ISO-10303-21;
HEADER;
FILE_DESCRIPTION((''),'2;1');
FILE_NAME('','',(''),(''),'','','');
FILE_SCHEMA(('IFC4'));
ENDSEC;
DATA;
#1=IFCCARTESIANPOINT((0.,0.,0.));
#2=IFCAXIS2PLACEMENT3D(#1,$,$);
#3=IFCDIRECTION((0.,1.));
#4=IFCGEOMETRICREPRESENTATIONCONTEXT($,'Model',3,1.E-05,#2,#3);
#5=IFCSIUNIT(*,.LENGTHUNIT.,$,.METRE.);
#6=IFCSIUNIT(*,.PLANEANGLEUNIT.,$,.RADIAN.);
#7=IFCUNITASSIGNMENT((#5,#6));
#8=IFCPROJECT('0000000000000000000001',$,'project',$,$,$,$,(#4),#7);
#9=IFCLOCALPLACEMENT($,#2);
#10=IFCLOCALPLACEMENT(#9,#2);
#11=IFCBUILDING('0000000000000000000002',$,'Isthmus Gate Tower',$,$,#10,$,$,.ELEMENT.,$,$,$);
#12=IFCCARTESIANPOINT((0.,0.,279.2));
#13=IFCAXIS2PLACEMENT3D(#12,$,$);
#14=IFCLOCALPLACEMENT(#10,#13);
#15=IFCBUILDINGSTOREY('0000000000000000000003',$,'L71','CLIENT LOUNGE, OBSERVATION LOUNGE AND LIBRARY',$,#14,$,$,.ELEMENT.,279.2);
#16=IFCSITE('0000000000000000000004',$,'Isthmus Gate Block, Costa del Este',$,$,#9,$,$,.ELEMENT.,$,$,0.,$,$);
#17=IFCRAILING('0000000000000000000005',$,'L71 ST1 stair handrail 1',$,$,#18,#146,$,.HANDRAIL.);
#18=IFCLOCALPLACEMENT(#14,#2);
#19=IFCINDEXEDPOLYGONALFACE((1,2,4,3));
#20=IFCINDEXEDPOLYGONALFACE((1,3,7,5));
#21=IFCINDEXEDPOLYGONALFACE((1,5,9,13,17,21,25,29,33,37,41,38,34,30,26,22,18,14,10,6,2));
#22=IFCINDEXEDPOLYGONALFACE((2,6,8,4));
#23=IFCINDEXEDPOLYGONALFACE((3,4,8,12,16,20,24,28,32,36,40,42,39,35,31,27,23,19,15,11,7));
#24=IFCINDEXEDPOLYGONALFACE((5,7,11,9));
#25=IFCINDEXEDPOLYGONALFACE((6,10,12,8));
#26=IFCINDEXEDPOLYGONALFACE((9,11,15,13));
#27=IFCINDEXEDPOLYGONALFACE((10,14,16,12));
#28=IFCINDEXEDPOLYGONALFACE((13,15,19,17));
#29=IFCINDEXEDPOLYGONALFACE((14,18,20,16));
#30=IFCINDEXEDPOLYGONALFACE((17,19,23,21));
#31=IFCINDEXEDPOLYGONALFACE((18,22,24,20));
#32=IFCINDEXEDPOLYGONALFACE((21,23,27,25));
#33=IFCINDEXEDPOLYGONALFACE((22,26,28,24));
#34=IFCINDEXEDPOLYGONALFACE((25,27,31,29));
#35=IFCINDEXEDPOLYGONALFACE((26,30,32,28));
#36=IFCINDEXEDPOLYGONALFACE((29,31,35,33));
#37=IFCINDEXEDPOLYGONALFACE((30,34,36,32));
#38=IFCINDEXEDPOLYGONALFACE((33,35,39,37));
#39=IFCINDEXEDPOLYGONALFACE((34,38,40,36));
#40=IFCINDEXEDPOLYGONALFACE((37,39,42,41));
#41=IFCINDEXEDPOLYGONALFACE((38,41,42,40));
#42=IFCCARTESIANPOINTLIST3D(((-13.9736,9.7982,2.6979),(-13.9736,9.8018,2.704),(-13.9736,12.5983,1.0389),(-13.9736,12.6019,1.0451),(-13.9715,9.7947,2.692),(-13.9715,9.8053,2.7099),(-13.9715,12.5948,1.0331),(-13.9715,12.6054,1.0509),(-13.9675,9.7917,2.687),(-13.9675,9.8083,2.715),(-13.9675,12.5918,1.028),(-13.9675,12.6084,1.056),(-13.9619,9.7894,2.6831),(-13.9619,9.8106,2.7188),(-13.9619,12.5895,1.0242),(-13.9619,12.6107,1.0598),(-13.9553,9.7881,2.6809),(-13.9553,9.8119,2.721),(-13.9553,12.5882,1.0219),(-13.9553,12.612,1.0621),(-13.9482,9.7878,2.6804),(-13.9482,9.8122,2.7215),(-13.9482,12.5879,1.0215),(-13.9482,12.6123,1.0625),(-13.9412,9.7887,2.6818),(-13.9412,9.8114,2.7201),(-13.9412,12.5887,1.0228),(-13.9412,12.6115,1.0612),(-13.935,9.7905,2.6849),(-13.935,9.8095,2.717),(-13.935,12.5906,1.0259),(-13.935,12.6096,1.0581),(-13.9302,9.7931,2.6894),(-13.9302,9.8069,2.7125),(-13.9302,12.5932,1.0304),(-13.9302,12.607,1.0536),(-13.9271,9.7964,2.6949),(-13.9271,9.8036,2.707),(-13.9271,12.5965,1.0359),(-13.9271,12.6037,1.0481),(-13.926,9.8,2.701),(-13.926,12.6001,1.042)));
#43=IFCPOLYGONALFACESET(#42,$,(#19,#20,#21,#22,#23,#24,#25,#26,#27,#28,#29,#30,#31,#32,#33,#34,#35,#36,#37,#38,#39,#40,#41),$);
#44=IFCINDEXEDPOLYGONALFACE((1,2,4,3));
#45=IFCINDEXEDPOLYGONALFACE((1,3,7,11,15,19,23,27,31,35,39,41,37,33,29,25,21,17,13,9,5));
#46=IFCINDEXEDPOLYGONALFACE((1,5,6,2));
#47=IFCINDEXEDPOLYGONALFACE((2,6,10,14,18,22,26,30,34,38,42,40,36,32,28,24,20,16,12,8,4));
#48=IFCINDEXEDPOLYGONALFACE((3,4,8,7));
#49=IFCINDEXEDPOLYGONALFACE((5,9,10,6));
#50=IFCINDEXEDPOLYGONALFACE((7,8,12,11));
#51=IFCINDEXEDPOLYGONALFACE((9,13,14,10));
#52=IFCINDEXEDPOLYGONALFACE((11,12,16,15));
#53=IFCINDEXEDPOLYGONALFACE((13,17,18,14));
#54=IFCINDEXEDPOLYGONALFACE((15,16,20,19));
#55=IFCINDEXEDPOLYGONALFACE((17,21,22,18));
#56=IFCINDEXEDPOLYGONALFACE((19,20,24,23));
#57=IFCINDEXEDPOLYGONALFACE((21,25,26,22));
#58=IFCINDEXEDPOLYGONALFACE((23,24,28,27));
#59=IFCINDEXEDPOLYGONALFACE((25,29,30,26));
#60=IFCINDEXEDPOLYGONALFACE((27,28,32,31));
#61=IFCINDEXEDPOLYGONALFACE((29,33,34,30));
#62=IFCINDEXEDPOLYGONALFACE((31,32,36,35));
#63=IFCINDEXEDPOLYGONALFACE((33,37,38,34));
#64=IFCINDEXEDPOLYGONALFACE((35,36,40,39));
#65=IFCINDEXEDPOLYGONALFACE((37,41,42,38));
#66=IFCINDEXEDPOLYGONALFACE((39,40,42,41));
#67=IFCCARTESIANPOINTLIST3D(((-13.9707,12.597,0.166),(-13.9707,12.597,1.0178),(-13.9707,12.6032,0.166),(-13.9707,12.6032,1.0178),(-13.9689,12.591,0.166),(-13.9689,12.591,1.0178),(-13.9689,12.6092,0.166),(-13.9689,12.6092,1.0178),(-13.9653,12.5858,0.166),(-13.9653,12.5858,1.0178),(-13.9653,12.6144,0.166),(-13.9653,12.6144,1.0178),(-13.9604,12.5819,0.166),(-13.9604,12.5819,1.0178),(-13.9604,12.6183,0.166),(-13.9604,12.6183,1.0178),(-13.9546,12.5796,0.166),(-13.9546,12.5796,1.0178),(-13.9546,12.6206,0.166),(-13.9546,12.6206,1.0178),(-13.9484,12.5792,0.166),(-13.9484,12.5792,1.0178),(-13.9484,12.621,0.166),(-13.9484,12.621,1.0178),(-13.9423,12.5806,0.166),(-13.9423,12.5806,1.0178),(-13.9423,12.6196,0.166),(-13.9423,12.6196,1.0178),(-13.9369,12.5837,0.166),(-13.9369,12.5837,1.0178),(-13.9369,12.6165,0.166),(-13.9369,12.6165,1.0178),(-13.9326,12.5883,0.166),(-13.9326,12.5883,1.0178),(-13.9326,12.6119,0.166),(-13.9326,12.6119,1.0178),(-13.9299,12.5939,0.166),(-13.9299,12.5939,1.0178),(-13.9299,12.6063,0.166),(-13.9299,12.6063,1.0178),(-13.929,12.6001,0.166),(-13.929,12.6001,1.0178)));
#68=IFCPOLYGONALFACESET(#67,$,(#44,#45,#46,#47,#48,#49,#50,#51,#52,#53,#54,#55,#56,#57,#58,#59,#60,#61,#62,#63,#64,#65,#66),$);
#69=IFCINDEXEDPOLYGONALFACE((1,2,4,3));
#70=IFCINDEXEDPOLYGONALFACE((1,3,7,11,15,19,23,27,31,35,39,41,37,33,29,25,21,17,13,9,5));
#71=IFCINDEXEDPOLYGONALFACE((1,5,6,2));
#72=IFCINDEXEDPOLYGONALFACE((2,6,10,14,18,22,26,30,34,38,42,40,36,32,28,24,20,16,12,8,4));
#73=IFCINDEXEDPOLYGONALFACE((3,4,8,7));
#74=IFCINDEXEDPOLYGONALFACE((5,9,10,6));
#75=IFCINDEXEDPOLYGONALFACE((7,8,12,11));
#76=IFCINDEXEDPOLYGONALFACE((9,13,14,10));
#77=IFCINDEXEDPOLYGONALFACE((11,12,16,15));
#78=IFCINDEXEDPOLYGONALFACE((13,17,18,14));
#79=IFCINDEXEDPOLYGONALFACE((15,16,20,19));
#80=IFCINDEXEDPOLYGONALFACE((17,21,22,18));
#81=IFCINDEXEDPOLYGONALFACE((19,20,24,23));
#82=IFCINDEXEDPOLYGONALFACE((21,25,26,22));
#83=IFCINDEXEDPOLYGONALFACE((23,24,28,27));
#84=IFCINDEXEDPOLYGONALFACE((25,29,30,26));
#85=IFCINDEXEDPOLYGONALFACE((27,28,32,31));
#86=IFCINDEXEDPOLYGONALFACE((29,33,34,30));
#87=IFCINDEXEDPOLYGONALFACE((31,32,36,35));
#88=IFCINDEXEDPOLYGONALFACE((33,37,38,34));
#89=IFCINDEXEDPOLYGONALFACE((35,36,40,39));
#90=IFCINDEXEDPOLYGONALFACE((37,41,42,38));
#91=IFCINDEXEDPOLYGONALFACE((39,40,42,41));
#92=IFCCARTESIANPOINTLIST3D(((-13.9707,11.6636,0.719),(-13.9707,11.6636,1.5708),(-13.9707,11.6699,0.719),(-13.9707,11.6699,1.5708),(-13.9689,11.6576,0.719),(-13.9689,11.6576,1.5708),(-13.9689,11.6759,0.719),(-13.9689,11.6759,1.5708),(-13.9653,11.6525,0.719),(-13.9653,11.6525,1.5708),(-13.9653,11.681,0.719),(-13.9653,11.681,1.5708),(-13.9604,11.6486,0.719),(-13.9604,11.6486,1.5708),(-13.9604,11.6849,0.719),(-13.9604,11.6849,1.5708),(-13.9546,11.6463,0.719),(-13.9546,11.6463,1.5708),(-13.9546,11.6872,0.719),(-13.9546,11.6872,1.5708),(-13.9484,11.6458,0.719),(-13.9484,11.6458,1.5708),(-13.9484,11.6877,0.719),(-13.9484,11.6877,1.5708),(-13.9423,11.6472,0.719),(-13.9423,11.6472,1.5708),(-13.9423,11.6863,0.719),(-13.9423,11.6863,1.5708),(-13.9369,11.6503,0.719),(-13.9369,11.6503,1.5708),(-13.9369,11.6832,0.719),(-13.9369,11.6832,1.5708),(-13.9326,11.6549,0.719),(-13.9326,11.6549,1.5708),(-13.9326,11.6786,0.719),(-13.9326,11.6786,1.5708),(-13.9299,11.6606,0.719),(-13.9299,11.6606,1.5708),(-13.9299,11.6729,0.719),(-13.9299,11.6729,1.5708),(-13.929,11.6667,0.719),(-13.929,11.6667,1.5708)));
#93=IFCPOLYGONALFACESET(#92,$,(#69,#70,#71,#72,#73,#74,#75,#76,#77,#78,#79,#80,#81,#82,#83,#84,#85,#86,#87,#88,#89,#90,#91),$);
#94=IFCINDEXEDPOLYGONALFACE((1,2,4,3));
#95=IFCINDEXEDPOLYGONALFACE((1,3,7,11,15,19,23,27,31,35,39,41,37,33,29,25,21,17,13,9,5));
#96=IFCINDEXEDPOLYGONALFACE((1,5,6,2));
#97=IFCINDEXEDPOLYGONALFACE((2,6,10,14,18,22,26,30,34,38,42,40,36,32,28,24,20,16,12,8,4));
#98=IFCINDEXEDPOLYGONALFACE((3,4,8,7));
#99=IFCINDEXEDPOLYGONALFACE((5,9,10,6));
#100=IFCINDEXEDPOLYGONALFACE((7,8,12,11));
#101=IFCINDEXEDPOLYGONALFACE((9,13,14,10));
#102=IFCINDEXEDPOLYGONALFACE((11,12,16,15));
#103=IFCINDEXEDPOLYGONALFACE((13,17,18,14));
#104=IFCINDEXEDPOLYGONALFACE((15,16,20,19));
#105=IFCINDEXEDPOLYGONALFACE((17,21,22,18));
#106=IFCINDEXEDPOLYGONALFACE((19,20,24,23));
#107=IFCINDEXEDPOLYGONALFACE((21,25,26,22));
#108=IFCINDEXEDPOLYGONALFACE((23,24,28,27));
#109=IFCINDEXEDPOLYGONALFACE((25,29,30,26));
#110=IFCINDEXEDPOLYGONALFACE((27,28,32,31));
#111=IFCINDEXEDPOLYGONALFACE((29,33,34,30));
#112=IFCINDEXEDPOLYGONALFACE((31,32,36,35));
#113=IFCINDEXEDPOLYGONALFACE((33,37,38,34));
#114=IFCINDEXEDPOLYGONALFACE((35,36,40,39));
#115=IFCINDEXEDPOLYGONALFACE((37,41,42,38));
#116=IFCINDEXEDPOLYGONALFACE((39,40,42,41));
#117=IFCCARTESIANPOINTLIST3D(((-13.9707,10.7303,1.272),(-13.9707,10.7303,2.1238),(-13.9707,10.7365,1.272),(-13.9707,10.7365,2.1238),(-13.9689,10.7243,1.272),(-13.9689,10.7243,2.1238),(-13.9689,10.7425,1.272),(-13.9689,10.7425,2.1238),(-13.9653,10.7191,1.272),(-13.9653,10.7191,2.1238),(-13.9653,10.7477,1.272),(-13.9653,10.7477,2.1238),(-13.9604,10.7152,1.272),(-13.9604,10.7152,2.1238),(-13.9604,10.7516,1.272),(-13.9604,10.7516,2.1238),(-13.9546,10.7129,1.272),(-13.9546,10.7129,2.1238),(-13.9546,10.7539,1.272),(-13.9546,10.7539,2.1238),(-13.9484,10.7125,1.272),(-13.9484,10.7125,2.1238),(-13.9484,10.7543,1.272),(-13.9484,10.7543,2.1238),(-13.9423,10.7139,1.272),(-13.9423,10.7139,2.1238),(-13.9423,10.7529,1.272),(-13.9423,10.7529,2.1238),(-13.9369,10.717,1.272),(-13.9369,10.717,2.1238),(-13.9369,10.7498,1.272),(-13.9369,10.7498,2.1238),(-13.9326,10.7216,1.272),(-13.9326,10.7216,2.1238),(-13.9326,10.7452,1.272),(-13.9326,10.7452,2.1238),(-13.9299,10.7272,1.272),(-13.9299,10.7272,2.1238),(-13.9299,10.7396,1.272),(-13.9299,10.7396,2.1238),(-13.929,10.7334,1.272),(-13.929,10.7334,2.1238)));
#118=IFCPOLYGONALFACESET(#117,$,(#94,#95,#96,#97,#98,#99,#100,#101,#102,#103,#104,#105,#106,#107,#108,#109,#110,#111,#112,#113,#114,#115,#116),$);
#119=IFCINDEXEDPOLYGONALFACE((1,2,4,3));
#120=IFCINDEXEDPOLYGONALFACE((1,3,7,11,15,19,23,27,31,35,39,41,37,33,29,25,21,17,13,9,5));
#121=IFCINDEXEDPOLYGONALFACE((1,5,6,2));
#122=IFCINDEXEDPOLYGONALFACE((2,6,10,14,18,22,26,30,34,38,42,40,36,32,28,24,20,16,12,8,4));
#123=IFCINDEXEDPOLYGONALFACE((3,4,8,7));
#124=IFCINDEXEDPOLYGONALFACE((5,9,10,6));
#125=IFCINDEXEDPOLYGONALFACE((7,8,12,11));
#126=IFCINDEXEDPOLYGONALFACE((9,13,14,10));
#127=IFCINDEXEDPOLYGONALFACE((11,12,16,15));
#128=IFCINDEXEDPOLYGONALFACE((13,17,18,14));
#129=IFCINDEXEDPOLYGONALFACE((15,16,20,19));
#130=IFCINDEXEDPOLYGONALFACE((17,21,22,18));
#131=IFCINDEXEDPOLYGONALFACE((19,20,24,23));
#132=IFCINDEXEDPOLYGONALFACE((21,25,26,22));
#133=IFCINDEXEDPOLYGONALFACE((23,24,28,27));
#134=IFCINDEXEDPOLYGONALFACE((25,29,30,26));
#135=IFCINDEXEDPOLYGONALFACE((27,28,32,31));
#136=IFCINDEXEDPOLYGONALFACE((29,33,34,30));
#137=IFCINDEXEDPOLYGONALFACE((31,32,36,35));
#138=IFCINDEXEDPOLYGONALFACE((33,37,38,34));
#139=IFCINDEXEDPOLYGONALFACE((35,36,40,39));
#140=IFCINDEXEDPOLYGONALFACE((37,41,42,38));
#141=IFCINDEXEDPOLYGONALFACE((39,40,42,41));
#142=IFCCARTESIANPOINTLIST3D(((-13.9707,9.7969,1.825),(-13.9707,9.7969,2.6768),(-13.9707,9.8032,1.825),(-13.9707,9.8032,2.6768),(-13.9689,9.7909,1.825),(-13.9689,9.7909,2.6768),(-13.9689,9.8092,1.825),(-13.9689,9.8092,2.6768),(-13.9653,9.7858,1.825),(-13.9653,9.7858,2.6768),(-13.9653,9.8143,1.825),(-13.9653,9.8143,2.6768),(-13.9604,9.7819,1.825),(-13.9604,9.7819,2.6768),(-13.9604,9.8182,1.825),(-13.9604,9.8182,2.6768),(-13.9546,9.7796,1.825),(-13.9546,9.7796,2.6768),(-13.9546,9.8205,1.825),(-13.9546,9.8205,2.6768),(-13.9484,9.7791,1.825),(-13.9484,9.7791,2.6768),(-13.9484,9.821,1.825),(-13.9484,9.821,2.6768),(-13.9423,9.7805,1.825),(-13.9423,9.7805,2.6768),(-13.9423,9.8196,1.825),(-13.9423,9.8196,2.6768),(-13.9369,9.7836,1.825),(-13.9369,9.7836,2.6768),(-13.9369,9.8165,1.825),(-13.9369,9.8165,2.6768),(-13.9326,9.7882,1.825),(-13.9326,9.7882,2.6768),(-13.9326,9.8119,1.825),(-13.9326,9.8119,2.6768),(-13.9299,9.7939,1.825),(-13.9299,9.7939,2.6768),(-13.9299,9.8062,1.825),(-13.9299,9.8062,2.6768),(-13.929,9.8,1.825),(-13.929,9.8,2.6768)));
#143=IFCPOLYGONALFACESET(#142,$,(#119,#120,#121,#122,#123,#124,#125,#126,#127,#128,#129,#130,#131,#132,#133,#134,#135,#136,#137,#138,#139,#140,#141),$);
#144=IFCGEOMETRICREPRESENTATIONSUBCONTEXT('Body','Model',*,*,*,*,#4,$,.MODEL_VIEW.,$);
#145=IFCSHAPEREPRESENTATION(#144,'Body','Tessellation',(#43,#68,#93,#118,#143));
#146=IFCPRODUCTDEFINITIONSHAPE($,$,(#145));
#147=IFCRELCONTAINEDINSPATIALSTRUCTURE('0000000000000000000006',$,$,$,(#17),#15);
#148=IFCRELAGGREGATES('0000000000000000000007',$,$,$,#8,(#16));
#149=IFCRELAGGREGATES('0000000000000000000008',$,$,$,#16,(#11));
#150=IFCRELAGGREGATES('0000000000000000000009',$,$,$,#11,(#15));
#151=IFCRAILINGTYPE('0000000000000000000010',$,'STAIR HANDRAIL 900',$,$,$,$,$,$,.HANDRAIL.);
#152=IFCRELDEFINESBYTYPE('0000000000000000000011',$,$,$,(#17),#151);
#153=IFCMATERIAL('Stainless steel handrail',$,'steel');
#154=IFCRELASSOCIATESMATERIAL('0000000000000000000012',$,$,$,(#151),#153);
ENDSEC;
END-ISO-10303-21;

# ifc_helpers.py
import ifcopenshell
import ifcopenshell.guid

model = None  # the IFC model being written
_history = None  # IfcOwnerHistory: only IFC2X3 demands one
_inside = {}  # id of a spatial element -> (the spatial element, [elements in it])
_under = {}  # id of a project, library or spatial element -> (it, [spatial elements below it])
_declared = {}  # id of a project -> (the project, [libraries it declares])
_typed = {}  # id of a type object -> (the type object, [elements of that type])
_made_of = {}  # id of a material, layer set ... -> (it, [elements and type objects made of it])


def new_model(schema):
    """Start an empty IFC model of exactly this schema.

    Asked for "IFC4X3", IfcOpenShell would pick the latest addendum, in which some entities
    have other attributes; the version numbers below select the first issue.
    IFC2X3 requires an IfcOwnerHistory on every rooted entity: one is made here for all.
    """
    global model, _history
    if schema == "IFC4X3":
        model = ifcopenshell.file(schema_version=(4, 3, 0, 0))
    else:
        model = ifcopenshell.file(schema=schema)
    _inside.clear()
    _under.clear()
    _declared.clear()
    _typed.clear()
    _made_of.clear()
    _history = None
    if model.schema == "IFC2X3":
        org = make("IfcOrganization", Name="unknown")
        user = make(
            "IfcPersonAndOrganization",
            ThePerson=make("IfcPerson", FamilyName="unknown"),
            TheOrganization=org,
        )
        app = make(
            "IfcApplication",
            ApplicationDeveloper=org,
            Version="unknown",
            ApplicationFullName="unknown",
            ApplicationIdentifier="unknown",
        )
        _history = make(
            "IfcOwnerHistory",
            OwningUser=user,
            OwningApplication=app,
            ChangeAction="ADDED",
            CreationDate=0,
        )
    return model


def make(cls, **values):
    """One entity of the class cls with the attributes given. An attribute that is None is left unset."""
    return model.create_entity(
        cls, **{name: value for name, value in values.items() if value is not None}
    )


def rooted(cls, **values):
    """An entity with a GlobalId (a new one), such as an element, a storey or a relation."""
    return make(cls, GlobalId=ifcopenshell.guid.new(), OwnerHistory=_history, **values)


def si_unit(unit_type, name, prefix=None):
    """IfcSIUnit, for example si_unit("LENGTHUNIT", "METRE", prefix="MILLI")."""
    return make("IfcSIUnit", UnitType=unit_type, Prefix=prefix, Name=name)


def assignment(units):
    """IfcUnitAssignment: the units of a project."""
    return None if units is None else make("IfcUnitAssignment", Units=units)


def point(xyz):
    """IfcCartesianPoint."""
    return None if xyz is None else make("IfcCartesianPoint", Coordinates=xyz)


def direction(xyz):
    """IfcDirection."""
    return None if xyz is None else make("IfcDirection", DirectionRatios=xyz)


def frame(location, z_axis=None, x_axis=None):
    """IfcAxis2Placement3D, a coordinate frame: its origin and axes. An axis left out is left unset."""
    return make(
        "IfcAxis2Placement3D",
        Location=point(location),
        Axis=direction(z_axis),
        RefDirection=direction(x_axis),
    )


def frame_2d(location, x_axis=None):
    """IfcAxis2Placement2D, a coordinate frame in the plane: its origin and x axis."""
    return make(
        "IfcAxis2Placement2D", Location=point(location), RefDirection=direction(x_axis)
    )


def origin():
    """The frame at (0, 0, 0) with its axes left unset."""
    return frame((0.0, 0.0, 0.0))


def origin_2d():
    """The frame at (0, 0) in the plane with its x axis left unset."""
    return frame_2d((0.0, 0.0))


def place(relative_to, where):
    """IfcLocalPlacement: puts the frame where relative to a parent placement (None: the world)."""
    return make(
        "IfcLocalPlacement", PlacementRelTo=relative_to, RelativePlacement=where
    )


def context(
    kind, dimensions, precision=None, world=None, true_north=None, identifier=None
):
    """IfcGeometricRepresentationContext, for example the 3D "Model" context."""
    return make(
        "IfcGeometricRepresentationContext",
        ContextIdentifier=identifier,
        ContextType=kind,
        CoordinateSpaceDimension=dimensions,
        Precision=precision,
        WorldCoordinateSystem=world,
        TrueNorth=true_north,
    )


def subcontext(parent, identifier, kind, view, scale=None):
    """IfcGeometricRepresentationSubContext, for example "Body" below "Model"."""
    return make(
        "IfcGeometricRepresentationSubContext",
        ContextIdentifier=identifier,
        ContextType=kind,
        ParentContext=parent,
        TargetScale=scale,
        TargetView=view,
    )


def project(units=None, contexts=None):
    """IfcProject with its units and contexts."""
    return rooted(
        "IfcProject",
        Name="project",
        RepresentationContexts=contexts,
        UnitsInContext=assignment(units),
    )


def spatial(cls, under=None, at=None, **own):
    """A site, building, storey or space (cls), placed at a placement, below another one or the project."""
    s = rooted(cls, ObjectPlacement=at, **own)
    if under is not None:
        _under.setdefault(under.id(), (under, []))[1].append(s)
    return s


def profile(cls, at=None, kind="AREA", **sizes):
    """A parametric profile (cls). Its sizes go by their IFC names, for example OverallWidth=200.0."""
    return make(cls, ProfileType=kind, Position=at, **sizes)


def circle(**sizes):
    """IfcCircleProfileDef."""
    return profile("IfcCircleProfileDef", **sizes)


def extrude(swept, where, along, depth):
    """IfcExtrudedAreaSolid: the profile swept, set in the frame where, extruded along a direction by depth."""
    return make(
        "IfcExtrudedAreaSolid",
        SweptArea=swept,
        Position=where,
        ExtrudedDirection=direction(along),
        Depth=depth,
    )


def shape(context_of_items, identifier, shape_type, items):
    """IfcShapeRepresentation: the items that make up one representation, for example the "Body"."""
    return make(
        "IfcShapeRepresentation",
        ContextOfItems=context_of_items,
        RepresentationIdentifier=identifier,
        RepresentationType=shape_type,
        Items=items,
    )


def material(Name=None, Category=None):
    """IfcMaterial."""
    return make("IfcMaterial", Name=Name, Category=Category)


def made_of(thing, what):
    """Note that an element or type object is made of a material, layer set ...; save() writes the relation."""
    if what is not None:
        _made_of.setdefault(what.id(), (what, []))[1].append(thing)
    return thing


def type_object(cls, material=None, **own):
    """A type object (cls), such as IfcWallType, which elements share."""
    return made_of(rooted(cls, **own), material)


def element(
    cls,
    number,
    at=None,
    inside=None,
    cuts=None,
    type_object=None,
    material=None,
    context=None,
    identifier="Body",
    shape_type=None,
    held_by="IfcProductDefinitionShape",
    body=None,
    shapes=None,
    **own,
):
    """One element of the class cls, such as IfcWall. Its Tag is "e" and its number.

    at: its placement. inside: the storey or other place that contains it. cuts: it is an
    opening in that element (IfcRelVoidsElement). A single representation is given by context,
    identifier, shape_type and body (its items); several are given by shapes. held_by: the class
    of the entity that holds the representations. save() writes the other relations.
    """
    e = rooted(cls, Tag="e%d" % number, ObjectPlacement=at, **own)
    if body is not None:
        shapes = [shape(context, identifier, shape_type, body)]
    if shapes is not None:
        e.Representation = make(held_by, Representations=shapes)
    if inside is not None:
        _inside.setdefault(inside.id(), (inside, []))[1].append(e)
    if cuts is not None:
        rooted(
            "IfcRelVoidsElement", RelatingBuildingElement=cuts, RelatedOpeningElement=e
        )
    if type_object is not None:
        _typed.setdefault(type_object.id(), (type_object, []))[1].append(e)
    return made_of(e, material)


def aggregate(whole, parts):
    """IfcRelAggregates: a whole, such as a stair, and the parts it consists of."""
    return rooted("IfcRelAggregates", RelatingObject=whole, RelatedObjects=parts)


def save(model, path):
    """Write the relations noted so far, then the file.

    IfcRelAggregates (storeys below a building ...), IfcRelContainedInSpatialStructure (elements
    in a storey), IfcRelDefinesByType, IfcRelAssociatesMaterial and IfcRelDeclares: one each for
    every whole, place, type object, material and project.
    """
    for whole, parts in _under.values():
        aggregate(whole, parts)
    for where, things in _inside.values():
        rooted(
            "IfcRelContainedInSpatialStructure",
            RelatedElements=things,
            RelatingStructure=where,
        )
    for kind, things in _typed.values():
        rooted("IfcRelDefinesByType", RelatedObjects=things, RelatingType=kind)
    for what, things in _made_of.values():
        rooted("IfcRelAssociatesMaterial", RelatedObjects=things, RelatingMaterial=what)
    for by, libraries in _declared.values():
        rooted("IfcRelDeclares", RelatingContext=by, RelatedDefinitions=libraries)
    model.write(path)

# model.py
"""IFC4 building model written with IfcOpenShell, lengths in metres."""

from ifc_helpers import new_model, si_unit, direction, frame, origin, origin_2d, place, context, subcontext, project, spatial, circle, extrude, material, type_object, element, save


model = new_model("IFC4")

# Units and contexts
model_context = context("Model", 3, precision=1e-05, world=origin(), true_north=direction((0.0, 1.0)))
body_context = subcontext(model_context, "Body", "Model", "MODEL_VIEW")
ifc_project = project(units=[si_unit("LENGTHUNIT", "METRE"), si_unit("PLANEANGLEUNIT", "RADIAN")], contexts=[model_context])

# Site, building, storey
site_placement = place(None, origin())
site = spatial("IfcSite", under=ifc_project, at=site_placement, Name="Isthmus Gate Block, Costa del Este", CompositionType="ELEMENT", RefElevation=0.0)
building_placement = place(site_placement, origin())
building = spatial("IfcBuilding", under=site, at=building_placement, Name="Isthmus Gate Tower", CompositionType="ELEMENT")
storey_placement = place(building_placement, frame((0.0, 0.0, 279.2)))
storey = spatial("IfcBuildingStorey", under=building, at=storey_placement, Name="L71", Description="CLIENT LOUNGE, OBSERVATION LOUNGE AND LIBRARY", CompositionType="ELEMENT", Elevation=279.2)

# Railing
ifc_material_1 = material(Name="Stainless steel handrail", Category="steel")
railing_type = type_object("IfcRailingType", Name="STAIR HANDRAIL 900", PredefinedType="HANDRAIL", material=ifc_material_1)
railing_placement = place(storey_placement, frame((-13.95, 12.6001, 0.166)))
element("IfcRailing", 1, at=railing_placement, inside=storey, type_object=railing_type, Name="L71 ST1 stair handrail 1", PredefinedType="HANDRAIL", context=body_context, shape_type="SweptSolid", body=[
    extrude(circle(Radius=0.0239, at=origin_2d()), frame((0.0, 0.0, 0.876), z_axis=(0.0, -0.860339, 0.509722), x_axis=(1.0, 0.0, 0.0)), (0.0, 0.0, 1.0), 3.2546),
    extrude(circle(Radius=0.021, at=origin_2d()), origin(), (0.0, 0.0, 1.0), 0.8518),
    extrude(circle(Radius=0.021, at=origin_2d()), frame((0.0, -0.9333, 0.553)), (0.0, 0.0, 1.0), 0.8518),
    extrude(circle(Radius=0.021, at=origin_2d()), frame((0.0, -1.8667, 1.106)), (0.0, 0.0, 1.0), 0.8518),
    extrude(circle(Radius=0.021, at=origin_2d()), frame((0.0, -2.8, 1.6589)), (0.0, 0.0, 1.0), 0.8518),
])

save(model, "model.ifc")
